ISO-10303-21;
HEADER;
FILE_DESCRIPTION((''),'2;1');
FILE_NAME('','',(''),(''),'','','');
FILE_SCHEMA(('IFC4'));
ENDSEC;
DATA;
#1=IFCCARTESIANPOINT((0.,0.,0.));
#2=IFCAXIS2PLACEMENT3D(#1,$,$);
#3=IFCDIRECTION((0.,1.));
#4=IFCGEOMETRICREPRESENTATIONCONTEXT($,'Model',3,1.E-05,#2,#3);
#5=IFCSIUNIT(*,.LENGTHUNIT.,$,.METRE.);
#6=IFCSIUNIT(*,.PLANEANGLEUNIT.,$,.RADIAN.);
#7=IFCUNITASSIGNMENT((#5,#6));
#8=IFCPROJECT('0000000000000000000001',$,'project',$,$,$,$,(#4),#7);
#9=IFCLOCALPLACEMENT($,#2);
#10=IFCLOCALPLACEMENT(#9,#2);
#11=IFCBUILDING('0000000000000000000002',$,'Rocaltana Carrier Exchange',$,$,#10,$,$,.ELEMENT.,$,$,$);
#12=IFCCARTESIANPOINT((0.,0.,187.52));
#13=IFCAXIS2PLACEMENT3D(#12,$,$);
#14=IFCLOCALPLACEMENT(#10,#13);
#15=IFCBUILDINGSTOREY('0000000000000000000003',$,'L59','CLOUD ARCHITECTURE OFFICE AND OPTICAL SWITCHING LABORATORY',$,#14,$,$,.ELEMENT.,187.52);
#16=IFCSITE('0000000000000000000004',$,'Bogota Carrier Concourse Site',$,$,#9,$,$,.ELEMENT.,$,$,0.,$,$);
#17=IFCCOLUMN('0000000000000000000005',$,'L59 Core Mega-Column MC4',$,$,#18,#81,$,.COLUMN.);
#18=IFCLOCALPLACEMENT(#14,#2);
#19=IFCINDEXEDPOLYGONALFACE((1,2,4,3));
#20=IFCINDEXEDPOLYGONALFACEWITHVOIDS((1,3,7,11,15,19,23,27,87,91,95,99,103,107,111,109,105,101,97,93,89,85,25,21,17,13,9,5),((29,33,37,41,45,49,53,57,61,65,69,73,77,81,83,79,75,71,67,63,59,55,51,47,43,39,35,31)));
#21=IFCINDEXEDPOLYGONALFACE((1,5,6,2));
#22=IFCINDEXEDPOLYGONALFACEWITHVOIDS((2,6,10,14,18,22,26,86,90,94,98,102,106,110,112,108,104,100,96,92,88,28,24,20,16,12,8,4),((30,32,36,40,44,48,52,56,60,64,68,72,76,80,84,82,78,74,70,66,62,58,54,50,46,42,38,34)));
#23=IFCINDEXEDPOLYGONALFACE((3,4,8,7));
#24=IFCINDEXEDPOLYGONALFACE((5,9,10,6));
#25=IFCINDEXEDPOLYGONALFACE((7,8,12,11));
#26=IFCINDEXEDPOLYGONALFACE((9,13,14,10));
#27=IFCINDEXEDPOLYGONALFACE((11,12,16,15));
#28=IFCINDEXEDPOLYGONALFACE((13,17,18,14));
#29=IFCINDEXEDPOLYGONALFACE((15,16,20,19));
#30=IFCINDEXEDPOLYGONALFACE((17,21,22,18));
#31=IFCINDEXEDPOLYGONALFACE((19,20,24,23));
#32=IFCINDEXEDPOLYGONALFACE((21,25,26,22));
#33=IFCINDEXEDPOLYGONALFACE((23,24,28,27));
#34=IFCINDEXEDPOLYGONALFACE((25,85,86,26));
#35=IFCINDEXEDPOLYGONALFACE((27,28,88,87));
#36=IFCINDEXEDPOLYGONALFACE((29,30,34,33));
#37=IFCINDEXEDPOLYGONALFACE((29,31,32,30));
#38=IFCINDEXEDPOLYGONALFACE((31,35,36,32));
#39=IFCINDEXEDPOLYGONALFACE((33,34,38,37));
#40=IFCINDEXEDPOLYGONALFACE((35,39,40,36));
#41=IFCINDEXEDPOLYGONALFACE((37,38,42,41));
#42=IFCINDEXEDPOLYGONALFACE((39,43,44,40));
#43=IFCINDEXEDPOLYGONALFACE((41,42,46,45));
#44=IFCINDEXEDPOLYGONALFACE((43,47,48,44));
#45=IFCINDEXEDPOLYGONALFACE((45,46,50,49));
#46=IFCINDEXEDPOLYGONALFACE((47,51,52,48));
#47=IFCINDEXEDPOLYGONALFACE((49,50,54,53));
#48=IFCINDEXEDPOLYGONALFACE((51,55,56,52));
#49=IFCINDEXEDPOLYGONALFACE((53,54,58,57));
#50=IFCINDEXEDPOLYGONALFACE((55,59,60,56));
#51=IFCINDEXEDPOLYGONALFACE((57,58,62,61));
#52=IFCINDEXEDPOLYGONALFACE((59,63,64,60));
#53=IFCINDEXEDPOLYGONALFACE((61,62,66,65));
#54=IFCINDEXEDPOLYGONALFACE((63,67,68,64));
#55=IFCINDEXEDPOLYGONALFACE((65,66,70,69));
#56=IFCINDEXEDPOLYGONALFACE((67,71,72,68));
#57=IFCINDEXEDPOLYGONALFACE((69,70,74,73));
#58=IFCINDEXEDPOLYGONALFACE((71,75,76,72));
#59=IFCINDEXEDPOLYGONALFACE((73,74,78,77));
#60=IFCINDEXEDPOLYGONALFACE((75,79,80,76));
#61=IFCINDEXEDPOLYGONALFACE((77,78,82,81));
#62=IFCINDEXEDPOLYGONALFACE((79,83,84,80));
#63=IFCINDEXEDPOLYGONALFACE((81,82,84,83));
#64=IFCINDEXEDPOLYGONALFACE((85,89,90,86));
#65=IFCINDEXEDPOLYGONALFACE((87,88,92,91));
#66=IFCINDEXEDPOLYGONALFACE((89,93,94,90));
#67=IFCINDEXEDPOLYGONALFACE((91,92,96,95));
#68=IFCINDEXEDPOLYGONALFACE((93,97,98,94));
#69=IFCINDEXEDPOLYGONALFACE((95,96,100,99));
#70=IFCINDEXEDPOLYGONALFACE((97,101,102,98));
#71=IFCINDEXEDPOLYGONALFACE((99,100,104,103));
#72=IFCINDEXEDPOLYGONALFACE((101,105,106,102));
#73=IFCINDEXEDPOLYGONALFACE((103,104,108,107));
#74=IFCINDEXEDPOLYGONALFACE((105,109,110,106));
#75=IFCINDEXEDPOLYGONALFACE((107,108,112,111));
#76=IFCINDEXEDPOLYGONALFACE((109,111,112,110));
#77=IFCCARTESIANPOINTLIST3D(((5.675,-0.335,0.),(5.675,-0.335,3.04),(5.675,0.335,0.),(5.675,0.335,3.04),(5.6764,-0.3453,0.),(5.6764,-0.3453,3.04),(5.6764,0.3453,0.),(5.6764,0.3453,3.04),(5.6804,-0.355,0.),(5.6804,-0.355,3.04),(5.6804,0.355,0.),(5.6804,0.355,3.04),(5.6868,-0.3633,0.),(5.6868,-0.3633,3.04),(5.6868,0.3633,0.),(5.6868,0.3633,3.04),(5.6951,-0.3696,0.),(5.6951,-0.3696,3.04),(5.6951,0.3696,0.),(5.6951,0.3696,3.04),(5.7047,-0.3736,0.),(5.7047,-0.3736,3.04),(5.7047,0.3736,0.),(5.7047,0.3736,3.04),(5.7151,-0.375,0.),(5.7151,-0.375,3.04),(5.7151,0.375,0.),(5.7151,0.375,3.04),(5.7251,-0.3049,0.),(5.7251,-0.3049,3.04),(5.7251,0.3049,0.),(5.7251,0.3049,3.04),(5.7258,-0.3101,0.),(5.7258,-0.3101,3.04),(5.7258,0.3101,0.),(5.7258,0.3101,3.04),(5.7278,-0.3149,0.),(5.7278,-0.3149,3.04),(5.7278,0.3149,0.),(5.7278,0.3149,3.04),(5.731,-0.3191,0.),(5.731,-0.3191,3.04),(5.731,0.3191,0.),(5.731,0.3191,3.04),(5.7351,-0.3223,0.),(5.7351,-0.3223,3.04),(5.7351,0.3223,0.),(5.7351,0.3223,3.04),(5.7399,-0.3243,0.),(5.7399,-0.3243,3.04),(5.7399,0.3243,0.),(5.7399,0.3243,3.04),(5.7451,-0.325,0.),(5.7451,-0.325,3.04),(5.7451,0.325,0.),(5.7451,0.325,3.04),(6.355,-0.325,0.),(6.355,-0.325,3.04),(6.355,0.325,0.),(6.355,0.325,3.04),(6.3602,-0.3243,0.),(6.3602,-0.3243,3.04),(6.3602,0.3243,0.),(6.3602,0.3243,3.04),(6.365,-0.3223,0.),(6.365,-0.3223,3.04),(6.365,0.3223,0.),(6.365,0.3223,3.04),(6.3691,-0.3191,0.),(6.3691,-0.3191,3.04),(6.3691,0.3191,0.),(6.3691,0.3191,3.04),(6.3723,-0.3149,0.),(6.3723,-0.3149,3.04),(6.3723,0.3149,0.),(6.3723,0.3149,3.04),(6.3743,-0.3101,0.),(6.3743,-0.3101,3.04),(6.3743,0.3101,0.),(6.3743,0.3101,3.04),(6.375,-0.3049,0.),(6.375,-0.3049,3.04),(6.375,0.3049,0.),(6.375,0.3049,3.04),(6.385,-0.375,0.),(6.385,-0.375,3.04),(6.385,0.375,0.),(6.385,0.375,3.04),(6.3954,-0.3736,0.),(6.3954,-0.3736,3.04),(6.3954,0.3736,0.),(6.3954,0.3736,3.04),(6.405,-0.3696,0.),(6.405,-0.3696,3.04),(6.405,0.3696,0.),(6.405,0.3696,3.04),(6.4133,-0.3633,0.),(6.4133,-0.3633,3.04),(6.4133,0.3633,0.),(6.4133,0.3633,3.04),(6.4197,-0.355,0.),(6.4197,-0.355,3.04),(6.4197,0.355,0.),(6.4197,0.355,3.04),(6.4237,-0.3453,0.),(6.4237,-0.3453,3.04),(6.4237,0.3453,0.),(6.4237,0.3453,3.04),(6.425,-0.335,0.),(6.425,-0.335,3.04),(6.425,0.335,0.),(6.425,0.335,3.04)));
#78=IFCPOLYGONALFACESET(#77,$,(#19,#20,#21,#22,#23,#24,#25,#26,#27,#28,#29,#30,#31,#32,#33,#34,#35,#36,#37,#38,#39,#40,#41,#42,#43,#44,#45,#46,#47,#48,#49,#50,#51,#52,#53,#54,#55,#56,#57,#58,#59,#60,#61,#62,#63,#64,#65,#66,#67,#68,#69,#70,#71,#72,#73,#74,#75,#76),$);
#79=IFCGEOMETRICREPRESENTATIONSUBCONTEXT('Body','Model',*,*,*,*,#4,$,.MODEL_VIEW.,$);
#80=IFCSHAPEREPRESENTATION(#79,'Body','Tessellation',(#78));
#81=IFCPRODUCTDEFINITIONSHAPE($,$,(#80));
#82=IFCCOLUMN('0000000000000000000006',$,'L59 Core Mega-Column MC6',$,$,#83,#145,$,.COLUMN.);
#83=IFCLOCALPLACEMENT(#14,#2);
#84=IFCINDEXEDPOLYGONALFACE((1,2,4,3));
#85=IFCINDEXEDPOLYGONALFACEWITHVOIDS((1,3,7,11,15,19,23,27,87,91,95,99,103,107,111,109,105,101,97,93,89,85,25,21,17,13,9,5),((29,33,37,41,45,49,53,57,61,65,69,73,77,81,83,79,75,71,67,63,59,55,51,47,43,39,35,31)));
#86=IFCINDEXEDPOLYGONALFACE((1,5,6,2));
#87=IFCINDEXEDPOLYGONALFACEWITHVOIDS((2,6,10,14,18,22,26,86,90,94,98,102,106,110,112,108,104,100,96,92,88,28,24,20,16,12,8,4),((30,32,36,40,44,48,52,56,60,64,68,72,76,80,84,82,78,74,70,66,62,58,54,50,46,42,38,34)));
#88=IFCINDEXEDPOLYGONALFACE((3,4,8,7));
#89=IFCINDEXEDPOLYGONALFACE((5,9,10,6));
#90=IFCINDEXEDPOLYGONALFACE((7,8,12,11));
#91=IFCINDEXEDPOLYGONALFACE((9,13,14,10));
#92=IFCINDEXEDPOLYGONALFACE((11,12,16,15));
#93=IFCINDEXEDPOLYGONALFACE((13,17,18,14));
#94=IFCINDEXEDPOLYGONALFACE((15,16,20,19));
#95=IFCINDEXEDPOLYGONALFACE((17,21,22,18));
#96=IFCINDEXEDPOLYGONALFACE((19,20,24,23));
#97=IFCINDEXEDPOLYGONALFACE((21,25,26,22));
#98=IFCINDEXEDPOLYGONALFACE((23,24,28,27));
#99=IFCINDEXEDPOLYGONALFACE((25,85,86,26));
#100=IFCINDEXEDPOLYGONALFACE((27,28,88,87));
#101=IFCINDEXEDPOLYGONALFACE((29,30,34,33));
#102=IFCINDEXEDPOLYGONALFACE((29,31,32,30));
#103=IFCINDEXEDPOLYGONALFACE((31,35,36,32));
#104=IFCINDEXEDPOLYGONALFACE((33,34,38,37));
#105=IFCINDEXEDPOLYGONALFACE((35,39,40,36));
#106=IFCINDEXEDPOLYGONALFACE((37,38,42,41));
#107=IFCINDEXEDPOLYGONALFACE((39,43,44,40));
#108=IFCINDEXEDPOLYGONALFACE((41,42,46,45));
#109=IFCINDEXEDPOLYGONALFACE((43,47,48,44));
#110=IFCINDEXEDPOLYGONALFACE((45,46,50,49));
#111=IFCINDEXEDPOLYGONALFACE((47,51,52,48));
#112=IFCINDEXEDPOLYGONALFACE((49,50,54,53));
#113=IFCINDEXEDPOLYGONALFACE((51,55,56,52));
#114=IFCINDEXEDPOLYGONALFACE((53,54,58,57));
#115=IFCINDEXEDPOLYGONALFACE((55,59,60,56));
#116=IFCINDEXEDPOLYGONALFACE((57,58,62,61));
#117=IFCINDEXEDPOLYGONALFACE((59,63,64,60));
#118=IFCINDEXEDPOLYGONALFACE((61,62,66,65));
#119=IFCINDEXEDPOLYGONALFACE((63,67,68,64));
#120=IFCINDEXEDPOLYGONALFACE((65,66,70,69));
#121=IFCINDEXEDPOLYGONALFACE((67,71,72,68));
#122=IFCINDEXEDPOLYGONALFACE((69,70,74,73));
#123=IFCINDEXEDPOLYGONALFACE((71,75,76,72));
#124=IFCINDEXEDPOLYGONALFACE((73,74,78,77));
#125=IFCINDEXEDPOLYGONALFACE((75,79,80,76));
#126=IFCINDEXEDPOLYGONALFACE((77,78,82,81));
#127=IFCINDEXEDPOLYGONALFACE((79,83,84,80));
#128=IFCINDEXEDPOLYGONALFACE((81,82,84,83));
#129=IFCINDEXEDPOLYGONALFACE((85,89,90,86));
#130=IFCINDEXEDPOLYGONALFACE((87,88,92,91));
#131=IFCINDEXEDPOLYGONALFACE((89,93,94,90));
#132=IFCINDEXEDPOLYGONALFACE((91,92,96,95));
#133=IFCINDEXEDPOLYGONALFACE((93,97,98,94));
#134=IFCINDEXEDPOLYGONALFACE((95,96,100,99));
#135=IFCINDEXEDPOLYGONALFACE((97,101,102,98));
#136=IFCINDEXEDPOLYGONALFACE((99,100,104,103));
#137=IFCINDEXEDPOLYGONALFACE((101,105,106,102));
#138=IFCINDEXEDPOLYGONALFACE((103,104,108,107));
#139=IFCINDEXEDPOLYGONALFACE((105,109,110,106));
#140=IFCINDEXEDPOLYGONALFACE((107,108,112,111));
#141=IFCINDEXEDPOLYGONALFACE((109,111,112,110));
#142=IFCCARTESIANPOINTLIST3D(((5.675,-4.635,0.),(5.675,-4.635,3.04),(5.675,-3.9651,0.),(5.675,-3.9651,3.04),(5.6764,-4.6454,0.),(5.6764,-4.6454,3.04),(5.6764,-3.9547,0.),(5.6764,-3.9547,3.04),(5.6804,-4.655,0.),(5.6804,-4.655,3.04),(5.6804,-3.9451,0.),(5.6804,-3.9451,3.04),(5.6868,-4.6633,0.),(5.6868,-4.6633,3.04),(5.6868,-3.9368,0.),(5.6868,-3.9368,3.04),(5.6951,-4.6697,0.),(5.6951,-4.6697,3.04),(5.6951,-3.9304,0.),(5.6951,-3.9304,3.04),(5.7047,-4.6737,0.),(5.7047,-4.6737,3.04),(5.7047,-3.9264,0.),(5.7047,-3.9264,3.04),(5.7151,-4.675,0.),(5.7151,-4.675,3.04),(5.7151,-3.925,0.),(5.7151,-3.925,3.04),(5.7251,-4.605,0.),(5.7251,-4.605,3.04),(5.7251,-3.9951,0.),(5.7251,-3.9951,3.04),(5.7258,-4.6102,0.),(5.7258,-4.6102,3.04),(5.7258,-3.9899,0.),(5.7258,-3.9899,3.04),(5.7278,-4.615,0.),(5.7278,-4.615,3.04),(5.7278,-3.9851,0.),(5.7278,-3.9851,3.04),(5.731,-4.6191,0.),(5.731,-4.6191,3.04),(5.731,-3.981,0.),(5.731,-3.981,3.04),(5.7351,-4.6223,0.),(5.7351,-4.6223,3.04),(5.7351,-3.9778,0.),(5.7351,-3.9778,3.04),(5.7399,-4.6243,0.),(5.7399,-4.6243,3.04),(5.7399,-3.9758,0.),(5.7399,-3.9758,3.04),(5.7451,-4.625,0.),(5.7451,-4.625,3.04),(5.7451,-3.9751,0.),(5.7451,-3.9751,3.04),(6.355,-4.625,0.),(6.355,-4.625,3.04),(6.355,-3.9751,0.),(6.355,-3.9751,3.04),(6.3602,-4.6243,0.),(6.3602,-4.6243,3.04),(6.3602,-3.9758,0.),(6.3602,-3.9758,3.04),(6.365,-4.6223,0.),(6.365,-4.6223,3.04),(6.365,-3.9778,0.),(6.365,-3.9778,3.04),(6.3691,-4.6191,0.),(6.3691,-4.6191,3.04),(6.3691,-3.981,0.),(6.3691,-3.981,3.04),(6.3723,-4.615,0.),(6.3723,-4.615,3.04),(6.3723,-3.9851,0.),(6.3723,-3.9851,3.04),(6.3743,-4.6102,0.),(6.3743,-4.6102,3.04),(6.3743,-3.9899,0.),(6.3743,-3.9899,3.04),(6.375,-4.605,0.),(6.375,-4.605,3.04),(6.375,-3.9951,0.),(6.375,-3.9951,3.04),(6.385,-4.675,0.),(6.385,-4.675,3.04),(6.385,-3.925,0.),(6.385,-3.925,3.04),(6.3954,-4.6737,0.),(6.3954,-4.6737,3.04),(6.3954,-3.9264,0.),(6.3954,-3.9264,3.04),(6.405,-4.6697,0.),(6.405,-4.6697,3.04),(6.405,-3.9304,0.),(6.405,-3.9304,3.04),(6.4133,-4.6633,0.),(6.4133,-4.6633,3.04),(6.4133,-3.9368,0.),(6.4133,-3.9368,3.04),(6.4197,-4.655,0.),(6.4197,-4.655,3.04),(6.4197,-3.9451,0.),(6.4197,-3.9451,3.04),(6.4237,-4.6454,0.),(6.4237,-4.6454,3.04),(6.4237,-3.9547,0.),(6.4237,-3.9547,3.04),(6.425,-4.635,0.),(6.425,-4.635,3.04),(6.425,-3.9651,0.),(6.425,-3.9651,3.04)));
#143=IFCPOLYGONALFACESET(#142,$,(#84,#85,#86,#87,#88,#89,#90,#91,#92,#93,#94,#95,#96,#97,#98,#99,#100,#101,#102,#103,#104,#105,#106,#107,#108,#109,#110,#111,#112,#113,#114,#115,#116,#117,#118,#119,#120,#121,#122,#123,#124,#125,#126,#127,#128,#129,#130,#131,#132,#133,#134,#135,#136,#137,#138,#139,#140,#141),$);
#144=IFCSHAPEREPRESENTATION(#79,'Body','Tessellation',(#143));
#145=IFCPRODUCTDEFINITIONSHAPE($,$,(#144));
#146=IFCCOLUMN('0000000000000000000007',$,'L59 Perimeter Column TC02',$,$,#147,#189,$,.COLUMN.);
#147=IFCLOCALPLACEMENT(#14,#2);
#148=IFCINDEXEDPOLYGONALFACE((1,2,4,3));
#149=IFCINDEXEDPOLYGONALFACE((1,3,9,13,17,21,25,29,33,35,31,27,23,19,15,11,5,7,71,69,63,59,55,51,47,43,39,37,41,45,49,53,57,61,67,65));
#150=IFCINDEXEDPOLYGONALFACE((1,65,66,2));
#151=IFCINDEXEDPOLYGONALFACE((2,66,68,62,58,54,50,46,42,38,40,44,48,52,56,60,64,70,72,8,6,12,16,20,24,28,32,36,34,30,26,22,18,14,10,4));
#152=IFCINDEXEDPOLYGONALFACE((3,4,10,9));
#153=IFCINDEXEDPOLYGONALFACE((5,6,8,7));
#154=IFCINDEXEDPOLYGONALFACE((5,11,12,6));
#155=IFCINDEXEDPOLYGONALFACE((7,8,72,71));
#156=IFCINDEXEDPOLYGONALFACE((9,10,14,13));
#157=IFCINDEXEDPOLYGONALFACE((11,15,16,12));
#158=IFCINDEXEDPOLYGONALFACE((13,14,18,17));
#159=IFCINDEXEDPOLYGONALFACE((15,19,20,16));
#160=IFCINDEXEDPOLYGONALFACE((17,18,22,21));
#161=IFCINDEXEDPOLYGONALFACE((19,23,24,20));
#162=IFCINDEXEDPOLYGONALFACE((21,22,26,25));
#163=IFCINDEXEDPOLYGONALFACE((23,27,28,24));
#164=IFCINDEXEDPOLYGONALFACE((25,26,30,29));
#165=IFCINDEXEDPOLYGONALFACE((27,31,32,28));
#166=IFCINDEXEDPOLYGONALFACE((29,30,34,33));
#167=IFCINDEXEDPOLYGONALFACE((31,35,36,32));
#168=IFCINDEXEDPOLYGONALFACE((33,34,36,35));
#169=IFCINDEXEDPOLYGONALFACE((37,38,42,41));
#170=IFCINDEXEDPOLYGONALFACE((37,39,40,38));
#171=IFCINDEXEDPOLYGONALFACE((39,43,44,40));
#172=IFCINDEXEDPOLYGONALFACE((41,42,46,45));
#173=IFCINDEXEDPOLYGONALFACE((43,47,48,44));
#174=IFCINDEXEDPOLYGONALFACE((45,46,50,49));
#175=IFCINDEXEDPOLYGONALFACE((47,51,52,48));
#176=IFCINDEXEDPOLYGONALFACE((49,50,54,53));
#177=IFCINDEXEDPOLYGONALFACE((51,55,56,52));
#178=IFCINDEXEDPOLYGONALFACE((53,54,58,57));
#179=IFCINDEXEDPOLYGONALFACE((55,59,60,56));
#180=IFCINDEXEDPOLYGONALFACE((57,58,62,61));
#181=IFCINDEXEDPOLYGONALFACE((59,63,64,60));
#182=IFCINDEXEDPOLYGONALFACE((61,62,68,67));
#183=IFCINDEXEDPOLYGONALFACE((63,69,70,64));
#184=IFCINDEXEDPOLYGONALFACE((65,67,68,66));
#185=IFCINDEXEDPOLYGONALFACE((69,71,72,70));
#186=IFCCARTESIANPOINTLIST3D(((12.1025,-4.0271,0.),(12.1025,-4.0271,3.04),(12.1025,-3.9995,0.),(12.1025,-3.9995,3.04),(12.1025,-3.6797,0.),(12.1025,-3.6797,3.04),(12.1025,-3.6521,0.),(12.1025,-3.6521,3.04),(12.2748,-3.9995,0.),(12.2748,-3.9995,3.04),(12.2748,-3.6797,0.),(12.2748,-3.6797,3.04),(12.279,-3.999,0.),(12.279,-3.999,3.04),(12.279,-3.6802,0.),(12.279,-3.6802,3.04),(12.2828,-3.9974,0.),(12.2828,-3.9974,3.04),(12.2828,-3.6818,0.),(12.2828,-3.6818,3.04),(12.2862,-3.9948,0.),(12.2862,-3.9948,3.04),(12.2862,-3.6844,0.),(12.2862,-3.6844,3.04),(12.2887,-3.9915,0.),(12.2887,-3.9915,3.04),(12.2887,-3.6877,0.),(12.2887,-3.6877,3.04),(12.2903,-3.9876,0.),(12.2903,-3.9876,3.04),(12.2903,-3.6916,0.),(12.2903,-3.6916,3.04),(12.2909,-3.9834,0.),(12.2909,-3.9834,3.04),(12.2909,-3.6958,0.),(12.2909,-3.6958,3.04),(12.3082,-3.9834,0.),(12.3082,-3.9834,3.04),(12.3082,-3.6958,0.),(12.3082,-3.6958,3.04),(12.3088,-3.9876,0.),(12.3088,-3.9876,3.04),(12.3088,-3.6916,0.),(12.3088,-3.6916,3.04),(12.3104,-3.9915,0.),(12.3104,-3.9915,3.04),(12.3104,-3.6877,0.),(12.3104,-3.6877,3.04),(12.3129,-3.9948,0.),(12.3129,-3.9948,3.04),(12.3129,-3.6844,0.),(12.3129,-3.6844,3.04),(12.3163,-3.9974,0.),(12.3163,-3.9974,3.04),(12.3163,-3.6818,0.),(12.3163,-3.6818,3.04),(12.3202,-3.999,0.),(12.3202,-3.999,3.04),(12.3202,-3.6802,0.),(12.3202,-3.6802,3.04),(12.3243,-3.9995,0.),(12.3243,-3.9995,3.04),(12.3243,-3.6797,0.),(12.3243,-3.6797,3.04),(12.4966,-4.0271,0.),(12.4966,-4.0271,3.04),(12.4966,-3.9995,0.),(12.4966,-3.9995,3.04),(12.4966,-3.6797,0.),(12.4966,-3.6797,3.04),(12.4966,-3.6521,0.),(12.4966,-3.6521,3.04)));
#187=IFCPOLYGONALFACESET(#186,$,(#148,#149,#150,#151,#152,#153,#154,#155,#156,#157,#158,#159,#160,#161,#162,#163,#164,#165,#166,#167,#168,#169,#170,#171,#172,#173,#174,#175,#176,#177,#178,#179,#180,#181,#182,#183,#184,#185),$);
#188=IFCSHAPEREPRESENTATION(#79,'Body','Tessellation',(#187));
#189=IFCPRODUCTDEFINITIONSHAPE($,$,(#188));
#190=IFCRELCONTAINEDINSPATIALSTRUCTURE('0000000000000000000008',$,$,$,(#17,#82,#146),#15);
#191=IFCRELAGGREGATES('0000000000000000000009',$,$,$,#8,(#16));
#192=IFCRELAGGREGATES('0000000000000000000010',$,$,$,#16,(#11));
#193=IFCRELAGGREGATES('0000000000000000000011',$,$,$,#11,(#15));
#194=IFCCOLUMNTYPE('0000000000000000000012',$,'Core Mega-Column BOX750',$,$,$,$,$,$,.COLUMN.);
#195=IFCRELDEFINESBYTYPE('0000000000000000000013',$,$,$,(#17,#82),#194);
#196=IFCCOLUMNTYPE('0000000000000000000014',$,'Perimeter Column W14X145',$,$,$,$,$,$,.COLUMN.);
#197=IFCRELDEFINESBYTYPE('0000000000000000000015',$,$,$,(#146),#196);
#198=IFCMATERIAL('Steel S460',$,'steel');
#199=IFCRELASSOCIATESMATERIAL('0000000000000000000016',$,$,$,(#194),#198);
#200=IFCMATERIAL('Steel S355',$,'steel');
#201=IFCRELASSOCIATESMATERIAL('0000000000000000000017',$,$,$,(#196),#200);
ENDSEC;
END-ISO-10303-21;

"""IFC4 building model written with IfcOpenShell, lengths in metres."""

from ifc_helpers import new_model, si_unit, direction, frame, origin, origin_2d, place, context, subcontext, project, spatial, hollow_rectangle, i_section, extrude, material, material_profile, profile_set, type_object, element, save


model = new_model("IFC4")

# Units and contexts
model_context = context("Model", 3, precision=1e-05, world=origin(), true_north=direction((0.0, 1.0)))
body_context = subcontext(model_context, "Body", "Model", "MODEL_VIEW")
ifc_project = project(units=[si_unit("LENGTHUNIT", "METRE"), si_unit("PLANEANGLEUNIT", "RADIAN")], contexts=[model_context])

# Site, building, storey
site_placement = place(None, origin())
site = spatial("IfcSite", under=ifc_project, at=site_placement, Name="Bogota Carrier Concourse Site", CompositionType="ELEMENT", RefElevation=0.0)
building_placement = place(site_placement, origin())
building = spatial("IfcBuilding", under=site, at=building_placement, Name="Rocaltana Carrier Exchange", CompositionType="ELEMENT")
storey_placement = place(building_placement, frame((0.0, 0.0, 187.52)))
storey = spatial("IfcBuildingStorey", under=building, at=storey_placement, Name="L59", Description="CLOUD ARCHITECTURE OFFICE AND OPTICAL SWITCHING LABORATORY", CompositionType="ELEMENT", Elevation=187.52)

# Columns
ifc_material_1 = material(Name="Steel S460", Category="steel")
ifc_material_profile_1 = material_profile(ifc_material_1, hollow_rectangle(XDim=0.75, YDim=0.75, WallThickness=0.05, InnerFilletRadius=0.02, OuterFilletRadius=0.04, at=origin_2d()), Name="BOX750X750X50")
ifc_profile_set_1 = profile_set([ifc_material_profile_1], Name="Steel S460")
column_type_1 = type_object("IfcColumnType", Name="Core Mega-Column BOX750", PredefinedType="COLUMN", material=ifc_profile_set_1)
for number, where, z_axis, x_axis, name in (
    (1, (6.05, 0.0, 0.0), (0.0, 0.0, 1.0), (1.0, 0.0, 0.0), "L59 Core Mega-Column MC4"),
    (2, (6.05, -4.3, 0.0), (0.0, 0.0, 1.0), (1.0, 0.0, 0.0), "L59 Core Mega-Column MC6"),
):
    element("IfcColumn", number, at=place(storey_placement, frame(where, z_axis=z_axis, x_axis=x_axis)), inside=storey, type_object=column_type_1, Name=name, PredefinedType="COLUMN", context=body_context, shape_type="SweptSolid", body=[
        extrude(hollow_rectangle(XDim=0.75, YDim=0.75, WallThickness=0.05, InnerFilletRadius=0.02, OuterFilletRadius=0.04, at=origin_2d()), origin(), (0.0, 0.0, 1.0), 3.04),
    ])
ifc_material_2 = material(Name="Steel S355", Category="steel")
ifc_material_profile_2 = material_profile(ifc_material_2, i_section(OverallWidth=0.394, OverallDepth=0.375, WebThickness=0.0173, FlangeThickness=0.0276, FilletRadius=0.0161, at=origin_2d()), Name="W14X145")
ifc_profile_set_2 = profile_set([ifc_material_profile_2], Name="Steel S355")
column_type_2 = type_object("IfcColumnType", Name="Perimeter Column W14X145", PredefinedType="COLUMN", material=ifc_profile_set_2)
column_placement = place(storey_placement, frame((12.2996, -3.8396, 0.0), z_axis=(0.0, 0.0, 1.0), x_axis=(1.0, 0.0, 0.0)))
element("IfcColumn", 3, at=column_placement, inside=storey, type_object=column_type_2, Name="L59 Perimeter Column TC02", PredefinedType="COLUMN", context=body_context, shape_type="SweptSolid", body=[
    extrude(i_section(OverallWidth=0.394, OverallDepth=0.375, WebThickness=0.0173, FlangeThickness=0.0276, FilletRadius=0.0161, at=origin_2d()), origin(), (0.0, 0.0, 1.0), 3.04),
])

save(model, "model.ifc")
